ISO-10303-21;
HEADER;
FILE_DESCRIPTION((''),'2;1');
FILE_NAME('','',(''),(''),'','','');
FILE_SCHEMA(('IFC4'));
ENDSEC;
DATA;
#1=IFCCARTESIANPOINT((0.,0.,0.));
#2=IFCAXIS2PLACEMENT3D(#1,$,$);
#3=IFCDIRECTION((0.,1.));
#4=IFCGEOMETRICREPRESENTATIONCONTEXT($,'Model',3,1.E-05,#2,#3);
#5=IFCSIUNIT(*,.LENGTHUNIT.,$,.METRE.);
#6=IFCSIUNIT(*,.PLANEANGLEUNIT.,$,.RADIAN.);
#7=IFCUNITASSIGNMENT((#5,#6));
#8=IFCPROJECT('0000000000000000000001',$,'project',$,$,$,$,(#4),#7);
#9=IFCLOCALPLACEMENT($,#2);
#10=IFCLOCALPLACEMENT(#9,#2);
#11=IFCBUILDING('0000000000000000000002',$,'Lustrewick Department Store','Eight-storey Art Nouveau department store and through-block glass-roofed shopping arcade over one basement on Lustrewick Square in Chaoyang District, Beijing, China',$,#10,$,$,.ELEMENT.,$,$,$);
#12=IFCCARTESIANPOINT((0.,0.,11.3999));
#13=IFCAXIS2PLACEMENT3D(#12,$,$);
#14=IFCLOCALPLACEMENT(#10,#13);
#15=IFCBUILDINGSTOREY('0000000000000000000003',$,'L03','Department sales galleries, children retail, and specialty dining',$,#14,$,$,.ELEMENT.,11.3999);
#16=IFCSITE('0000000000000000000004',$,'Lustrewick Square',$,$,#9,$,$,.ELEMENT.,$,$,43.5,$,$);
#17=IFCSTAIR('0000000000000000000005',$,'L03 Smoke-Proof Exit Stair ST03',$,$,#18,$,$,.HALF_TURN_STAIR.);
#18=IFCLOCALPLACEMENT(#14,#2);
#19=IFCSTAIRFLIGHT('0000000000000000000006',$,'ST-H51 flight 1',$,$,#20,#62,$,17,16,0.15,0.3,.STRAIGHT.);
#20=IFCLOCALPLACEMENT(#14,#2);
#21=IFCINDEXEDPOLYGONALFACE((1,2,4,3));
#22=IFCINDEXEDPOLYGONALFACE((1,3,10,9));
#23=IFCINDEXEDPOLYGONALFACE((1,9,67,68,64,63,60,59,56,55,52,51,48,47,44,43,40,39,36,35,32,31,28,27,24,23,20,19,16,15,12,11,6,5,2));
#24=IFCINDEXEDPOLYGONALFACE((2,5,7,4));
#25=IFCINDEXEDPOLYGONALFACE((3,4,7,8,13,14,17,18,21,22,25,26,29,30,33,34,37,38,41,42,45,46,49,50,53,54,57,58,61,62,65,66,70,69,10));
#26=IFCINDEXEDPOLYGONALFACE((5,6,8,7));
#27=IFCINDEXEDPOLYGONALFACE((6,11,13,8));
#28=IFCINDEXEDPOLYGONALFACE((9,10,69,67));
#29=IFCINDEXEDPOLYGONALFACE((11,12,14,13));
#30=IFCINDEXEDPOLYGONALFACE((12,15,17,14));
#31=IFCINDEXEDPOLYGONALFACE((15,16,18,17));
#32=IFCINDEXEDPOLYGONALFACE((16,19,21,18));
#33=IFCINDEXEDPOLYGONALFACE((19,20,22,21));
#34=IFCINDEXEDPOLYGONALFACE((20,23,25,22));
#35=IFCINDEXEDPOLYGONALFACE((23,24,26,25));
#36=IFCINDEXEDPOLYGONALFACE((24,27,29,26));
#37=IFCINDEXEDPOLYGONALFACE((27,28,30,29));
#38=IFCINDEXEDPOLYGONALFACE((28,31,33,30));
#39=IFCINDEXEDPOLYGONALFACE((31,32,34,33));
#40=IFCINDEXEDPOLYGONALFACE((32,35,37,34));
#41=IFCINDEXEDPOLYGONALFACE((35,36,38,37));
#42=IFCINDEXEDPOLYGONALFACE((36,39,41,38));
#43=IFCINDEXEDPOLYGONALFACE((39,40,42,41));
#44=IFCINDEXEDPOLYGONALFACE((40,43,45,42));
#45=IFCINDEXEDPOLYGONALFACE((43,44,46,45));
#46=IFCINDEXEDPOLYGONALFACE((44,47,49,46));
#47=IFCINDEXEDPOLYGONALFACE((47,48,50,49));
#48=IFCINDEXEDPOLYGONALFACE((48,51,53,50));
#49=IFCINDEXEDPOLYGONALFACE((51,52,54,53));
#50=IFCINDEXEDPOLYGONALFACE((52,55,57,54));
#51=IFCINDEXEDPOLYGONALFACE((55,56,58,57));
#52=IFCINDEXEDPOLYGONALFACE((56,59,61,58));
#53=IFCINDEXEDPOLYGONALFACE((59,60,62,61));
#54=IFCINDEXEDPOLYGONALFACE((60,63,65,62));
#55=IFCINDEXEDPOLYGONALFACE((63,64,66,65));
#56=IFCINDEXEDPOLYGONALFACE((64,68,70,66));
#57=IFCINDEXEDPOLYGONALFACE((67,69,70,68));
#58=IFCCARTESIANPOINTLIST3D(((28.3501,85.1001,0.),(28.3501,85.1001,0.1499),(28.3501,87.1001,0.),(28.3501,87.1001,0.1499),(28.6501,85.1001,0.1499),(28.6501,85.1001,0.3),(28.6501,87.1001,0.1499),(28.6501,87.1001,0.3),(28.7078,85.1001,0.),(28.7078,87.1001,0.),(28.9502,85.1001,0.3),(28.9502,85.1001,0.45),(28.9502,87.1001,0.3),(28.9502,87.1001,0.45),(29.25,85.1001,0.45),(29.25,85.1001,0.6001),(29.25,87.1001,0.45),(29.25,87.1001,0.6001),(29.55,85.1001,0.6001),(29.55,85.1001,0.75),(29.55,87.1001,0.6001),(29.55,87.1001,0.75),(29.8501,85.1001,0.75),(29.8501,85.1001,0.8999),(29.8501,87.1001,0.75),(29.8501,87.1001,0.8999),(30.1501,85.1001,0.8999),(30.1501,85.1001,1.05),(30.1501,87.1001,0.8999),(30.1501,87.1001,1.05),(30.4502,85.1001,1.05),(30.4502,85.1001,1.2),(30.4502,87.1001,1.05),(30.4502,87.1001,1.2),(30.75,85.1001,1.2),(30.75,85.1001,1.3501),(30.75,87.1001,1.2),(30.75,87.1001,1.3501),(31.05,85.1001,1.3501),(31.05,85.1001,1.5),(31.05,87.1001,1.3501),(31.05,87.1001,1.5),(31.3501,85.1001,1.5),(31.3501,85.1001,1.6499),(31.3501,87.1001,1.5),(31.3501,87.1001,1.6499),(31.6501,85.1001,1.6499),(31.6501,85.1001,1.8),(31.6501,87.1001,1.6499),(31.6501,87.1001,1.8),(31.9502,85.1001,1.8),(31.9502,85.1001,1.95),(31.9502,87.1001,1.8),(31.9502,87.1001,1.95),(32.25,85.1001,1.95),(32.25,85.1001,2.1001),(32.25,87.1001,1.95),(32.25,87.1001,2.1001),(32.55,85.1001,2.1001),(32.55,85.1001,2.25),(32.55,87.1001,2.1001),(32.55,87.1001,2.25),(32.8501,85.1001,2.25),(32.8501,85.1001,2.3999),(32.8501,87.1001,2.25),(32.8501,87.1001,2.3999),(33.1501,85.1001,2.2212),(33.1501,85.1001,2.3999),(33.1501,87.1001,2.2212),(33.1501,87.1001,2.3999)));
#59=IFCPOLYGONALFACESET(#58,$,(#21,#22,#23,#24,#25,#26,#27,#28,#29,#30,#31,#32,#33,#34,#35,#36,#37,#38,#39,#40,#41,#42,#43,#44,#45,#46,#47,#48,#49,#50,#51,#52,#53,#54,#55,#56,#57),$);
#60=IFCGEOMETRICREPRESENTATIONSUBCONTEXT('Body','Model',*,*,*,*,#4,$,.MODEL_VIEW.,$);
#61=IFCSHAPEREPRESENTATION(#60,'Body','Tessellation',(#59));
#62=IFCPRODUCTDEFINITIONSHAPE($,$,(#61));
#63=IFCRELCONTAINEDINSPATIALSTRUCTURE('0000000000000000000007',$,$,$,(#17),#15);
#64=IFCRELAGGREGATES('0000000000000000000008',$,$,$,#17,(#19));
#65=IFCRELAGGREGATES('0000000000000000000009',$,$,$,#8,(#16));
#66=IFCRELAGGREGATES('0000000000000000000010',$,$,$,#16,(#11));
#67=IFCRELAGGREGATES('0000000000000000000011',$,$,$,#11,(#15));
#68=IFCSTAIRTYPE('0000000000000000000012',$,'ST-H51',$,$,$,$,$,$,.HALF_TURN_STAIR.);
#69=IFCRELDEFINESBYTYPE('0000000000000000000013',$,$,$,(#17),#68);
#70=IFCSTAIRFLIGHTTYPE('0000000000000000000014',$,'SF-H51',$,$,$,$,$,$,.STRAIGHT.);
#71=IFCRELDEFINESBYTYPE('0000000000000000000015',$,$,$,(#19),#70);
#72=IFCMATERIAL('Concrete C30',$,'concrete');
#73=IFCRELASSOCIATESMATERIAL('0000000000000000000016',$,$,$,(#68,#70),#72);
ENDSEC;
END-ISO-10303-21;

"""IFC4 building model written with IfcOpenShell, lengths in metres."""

from ifc_helpers import new_model, si_unit, direction, frame, origin, place, context, subcontext, project, spatial, polyline, outline, extrude, material, type_object, element, aggregate, save


model = new_model("IFC4")

# Units and contexts
model_context = context("Model", 3, precision=1e-05, world=origin(), true_north=direction((0.0, 1.0)))
body_context = subcontext(model_context, "Body", "Model", "MODEL_VIEW")
ifc_project = project(units=[si_unit("LENGTHUNIT", "METRE"), si_unit("PLANEANGLEUNIT", "RADIAN")], contexts=[model_context])

# Site, building, storey
site_placement = place(None, origin())
site = spatial("IfcSite", under=ifc_project, at=site_placement, Name="Lustrewick Square", CompositionType="ELEMENT", RefElevation=43.5)
building_placement = place(site_placement, origin())
building = spatial("IfcBuilding", under=site, at=building_placement, Name="Lustrewick Department Store", Description="Eight-storey Art Nouveau department store and through-block glass-roofed shopping arcade over one basement on Lustrewick Square in Chaoyang District, Beijing, China", CompositionType="ELEMENT")
storey_placement = place(building_placement, frame((0.0, 0.0, 11.3999)))
storey = spatial("IfcBuildingStorey", under=building, at=storey_placement, Name="L03", Description="Department sales galleries, children retail, and specialty dining", CompositionType="ELEMENT", Elevation=11.3999)

# Stair, stair flight
ifc_material_1 = material(Name="Concrete C30", Category="concrete")
stair_type = type_object("IfcStairType", Name="ST-H51", PredefinedType="HALF_TURN_STAIR", material=ifc_material_1)
stair_placement = place(storey_placement, origin())
stair = element("IfcStair", 1, at=stair_placement, inside=storey, type_object=stair_type, Name="L03 Smoke-Proof Exit Stair ST03", PredefinedType="HALF_TURN_STAIR")
stair_flight_type = type_object("IfcStairFlightType", Name="SF-H51", PredefinedType="STRAIGHT", material=ifc_material_1)
stair_flight_placement = place(storey_placement, frame((28.3501, 86.1001, 0.0), z_axis=(0.0, 0.0, 1.0), x_axis=(1.0, 0.0, 0.0)))
stair_flight = element("IfcStairFlight", 2, at=stair_flight_placement, type_object=stair_flight_type, Name="ST-H51 flight 1", NumberOfRisers=17, NumberOfTreads=16, PredefinedType="STRAIGHT", RiserHeight=0.15, TreadLength=0.3, context=body_context, shape_type="SweptSolid", body=[
    extrude(outline(polyline([(0.0, 0.0), (0.0, 0.1499), (0.3, 0.1499), (0.3, 0.3), (0.6001, 0.3), (0.6001, 0.45), (0.8999, 0.45), (0.8999, 0.6001), (1.2, 0.6001), (1.2, 0.75), (1.5, 0.75), (1.5, 0.8999), (1.8, 0.8999), (1.8, 1.05), (2.1001, 1.05), (2.1001, 1.2), (2.3999, 1.2), (2.3999, 1.3501), (2.7, 1.3501), (2.7, 1.5), (3.0, 1.5), (3.0, 1.6499), (3.3, 1.6499), (3.3, 1.8), (3.6001, 1.8), (3.6001, 1.95), (3.8999, 1.95), (3.8999, 2.1001), (4.2, 2.1001), (4.2, 2.25), (4.5, 2.25), (4.5, 2.3999), (4.8, 2.3999), (4.8, 2.55), (4.8, 2.2212), (0.3577, 0.0), (0.0, 0.0)])), frame((0.0, 1.0, 0.0), z_axis=(0.0, -1.0, 0.0), x_axis=(1.0, 0.0, 0.0)), (0.0, 0.0, 1.0), 2.0),
])
aggregate(stair, [stair_flight])

save(model, "model.ifc")
